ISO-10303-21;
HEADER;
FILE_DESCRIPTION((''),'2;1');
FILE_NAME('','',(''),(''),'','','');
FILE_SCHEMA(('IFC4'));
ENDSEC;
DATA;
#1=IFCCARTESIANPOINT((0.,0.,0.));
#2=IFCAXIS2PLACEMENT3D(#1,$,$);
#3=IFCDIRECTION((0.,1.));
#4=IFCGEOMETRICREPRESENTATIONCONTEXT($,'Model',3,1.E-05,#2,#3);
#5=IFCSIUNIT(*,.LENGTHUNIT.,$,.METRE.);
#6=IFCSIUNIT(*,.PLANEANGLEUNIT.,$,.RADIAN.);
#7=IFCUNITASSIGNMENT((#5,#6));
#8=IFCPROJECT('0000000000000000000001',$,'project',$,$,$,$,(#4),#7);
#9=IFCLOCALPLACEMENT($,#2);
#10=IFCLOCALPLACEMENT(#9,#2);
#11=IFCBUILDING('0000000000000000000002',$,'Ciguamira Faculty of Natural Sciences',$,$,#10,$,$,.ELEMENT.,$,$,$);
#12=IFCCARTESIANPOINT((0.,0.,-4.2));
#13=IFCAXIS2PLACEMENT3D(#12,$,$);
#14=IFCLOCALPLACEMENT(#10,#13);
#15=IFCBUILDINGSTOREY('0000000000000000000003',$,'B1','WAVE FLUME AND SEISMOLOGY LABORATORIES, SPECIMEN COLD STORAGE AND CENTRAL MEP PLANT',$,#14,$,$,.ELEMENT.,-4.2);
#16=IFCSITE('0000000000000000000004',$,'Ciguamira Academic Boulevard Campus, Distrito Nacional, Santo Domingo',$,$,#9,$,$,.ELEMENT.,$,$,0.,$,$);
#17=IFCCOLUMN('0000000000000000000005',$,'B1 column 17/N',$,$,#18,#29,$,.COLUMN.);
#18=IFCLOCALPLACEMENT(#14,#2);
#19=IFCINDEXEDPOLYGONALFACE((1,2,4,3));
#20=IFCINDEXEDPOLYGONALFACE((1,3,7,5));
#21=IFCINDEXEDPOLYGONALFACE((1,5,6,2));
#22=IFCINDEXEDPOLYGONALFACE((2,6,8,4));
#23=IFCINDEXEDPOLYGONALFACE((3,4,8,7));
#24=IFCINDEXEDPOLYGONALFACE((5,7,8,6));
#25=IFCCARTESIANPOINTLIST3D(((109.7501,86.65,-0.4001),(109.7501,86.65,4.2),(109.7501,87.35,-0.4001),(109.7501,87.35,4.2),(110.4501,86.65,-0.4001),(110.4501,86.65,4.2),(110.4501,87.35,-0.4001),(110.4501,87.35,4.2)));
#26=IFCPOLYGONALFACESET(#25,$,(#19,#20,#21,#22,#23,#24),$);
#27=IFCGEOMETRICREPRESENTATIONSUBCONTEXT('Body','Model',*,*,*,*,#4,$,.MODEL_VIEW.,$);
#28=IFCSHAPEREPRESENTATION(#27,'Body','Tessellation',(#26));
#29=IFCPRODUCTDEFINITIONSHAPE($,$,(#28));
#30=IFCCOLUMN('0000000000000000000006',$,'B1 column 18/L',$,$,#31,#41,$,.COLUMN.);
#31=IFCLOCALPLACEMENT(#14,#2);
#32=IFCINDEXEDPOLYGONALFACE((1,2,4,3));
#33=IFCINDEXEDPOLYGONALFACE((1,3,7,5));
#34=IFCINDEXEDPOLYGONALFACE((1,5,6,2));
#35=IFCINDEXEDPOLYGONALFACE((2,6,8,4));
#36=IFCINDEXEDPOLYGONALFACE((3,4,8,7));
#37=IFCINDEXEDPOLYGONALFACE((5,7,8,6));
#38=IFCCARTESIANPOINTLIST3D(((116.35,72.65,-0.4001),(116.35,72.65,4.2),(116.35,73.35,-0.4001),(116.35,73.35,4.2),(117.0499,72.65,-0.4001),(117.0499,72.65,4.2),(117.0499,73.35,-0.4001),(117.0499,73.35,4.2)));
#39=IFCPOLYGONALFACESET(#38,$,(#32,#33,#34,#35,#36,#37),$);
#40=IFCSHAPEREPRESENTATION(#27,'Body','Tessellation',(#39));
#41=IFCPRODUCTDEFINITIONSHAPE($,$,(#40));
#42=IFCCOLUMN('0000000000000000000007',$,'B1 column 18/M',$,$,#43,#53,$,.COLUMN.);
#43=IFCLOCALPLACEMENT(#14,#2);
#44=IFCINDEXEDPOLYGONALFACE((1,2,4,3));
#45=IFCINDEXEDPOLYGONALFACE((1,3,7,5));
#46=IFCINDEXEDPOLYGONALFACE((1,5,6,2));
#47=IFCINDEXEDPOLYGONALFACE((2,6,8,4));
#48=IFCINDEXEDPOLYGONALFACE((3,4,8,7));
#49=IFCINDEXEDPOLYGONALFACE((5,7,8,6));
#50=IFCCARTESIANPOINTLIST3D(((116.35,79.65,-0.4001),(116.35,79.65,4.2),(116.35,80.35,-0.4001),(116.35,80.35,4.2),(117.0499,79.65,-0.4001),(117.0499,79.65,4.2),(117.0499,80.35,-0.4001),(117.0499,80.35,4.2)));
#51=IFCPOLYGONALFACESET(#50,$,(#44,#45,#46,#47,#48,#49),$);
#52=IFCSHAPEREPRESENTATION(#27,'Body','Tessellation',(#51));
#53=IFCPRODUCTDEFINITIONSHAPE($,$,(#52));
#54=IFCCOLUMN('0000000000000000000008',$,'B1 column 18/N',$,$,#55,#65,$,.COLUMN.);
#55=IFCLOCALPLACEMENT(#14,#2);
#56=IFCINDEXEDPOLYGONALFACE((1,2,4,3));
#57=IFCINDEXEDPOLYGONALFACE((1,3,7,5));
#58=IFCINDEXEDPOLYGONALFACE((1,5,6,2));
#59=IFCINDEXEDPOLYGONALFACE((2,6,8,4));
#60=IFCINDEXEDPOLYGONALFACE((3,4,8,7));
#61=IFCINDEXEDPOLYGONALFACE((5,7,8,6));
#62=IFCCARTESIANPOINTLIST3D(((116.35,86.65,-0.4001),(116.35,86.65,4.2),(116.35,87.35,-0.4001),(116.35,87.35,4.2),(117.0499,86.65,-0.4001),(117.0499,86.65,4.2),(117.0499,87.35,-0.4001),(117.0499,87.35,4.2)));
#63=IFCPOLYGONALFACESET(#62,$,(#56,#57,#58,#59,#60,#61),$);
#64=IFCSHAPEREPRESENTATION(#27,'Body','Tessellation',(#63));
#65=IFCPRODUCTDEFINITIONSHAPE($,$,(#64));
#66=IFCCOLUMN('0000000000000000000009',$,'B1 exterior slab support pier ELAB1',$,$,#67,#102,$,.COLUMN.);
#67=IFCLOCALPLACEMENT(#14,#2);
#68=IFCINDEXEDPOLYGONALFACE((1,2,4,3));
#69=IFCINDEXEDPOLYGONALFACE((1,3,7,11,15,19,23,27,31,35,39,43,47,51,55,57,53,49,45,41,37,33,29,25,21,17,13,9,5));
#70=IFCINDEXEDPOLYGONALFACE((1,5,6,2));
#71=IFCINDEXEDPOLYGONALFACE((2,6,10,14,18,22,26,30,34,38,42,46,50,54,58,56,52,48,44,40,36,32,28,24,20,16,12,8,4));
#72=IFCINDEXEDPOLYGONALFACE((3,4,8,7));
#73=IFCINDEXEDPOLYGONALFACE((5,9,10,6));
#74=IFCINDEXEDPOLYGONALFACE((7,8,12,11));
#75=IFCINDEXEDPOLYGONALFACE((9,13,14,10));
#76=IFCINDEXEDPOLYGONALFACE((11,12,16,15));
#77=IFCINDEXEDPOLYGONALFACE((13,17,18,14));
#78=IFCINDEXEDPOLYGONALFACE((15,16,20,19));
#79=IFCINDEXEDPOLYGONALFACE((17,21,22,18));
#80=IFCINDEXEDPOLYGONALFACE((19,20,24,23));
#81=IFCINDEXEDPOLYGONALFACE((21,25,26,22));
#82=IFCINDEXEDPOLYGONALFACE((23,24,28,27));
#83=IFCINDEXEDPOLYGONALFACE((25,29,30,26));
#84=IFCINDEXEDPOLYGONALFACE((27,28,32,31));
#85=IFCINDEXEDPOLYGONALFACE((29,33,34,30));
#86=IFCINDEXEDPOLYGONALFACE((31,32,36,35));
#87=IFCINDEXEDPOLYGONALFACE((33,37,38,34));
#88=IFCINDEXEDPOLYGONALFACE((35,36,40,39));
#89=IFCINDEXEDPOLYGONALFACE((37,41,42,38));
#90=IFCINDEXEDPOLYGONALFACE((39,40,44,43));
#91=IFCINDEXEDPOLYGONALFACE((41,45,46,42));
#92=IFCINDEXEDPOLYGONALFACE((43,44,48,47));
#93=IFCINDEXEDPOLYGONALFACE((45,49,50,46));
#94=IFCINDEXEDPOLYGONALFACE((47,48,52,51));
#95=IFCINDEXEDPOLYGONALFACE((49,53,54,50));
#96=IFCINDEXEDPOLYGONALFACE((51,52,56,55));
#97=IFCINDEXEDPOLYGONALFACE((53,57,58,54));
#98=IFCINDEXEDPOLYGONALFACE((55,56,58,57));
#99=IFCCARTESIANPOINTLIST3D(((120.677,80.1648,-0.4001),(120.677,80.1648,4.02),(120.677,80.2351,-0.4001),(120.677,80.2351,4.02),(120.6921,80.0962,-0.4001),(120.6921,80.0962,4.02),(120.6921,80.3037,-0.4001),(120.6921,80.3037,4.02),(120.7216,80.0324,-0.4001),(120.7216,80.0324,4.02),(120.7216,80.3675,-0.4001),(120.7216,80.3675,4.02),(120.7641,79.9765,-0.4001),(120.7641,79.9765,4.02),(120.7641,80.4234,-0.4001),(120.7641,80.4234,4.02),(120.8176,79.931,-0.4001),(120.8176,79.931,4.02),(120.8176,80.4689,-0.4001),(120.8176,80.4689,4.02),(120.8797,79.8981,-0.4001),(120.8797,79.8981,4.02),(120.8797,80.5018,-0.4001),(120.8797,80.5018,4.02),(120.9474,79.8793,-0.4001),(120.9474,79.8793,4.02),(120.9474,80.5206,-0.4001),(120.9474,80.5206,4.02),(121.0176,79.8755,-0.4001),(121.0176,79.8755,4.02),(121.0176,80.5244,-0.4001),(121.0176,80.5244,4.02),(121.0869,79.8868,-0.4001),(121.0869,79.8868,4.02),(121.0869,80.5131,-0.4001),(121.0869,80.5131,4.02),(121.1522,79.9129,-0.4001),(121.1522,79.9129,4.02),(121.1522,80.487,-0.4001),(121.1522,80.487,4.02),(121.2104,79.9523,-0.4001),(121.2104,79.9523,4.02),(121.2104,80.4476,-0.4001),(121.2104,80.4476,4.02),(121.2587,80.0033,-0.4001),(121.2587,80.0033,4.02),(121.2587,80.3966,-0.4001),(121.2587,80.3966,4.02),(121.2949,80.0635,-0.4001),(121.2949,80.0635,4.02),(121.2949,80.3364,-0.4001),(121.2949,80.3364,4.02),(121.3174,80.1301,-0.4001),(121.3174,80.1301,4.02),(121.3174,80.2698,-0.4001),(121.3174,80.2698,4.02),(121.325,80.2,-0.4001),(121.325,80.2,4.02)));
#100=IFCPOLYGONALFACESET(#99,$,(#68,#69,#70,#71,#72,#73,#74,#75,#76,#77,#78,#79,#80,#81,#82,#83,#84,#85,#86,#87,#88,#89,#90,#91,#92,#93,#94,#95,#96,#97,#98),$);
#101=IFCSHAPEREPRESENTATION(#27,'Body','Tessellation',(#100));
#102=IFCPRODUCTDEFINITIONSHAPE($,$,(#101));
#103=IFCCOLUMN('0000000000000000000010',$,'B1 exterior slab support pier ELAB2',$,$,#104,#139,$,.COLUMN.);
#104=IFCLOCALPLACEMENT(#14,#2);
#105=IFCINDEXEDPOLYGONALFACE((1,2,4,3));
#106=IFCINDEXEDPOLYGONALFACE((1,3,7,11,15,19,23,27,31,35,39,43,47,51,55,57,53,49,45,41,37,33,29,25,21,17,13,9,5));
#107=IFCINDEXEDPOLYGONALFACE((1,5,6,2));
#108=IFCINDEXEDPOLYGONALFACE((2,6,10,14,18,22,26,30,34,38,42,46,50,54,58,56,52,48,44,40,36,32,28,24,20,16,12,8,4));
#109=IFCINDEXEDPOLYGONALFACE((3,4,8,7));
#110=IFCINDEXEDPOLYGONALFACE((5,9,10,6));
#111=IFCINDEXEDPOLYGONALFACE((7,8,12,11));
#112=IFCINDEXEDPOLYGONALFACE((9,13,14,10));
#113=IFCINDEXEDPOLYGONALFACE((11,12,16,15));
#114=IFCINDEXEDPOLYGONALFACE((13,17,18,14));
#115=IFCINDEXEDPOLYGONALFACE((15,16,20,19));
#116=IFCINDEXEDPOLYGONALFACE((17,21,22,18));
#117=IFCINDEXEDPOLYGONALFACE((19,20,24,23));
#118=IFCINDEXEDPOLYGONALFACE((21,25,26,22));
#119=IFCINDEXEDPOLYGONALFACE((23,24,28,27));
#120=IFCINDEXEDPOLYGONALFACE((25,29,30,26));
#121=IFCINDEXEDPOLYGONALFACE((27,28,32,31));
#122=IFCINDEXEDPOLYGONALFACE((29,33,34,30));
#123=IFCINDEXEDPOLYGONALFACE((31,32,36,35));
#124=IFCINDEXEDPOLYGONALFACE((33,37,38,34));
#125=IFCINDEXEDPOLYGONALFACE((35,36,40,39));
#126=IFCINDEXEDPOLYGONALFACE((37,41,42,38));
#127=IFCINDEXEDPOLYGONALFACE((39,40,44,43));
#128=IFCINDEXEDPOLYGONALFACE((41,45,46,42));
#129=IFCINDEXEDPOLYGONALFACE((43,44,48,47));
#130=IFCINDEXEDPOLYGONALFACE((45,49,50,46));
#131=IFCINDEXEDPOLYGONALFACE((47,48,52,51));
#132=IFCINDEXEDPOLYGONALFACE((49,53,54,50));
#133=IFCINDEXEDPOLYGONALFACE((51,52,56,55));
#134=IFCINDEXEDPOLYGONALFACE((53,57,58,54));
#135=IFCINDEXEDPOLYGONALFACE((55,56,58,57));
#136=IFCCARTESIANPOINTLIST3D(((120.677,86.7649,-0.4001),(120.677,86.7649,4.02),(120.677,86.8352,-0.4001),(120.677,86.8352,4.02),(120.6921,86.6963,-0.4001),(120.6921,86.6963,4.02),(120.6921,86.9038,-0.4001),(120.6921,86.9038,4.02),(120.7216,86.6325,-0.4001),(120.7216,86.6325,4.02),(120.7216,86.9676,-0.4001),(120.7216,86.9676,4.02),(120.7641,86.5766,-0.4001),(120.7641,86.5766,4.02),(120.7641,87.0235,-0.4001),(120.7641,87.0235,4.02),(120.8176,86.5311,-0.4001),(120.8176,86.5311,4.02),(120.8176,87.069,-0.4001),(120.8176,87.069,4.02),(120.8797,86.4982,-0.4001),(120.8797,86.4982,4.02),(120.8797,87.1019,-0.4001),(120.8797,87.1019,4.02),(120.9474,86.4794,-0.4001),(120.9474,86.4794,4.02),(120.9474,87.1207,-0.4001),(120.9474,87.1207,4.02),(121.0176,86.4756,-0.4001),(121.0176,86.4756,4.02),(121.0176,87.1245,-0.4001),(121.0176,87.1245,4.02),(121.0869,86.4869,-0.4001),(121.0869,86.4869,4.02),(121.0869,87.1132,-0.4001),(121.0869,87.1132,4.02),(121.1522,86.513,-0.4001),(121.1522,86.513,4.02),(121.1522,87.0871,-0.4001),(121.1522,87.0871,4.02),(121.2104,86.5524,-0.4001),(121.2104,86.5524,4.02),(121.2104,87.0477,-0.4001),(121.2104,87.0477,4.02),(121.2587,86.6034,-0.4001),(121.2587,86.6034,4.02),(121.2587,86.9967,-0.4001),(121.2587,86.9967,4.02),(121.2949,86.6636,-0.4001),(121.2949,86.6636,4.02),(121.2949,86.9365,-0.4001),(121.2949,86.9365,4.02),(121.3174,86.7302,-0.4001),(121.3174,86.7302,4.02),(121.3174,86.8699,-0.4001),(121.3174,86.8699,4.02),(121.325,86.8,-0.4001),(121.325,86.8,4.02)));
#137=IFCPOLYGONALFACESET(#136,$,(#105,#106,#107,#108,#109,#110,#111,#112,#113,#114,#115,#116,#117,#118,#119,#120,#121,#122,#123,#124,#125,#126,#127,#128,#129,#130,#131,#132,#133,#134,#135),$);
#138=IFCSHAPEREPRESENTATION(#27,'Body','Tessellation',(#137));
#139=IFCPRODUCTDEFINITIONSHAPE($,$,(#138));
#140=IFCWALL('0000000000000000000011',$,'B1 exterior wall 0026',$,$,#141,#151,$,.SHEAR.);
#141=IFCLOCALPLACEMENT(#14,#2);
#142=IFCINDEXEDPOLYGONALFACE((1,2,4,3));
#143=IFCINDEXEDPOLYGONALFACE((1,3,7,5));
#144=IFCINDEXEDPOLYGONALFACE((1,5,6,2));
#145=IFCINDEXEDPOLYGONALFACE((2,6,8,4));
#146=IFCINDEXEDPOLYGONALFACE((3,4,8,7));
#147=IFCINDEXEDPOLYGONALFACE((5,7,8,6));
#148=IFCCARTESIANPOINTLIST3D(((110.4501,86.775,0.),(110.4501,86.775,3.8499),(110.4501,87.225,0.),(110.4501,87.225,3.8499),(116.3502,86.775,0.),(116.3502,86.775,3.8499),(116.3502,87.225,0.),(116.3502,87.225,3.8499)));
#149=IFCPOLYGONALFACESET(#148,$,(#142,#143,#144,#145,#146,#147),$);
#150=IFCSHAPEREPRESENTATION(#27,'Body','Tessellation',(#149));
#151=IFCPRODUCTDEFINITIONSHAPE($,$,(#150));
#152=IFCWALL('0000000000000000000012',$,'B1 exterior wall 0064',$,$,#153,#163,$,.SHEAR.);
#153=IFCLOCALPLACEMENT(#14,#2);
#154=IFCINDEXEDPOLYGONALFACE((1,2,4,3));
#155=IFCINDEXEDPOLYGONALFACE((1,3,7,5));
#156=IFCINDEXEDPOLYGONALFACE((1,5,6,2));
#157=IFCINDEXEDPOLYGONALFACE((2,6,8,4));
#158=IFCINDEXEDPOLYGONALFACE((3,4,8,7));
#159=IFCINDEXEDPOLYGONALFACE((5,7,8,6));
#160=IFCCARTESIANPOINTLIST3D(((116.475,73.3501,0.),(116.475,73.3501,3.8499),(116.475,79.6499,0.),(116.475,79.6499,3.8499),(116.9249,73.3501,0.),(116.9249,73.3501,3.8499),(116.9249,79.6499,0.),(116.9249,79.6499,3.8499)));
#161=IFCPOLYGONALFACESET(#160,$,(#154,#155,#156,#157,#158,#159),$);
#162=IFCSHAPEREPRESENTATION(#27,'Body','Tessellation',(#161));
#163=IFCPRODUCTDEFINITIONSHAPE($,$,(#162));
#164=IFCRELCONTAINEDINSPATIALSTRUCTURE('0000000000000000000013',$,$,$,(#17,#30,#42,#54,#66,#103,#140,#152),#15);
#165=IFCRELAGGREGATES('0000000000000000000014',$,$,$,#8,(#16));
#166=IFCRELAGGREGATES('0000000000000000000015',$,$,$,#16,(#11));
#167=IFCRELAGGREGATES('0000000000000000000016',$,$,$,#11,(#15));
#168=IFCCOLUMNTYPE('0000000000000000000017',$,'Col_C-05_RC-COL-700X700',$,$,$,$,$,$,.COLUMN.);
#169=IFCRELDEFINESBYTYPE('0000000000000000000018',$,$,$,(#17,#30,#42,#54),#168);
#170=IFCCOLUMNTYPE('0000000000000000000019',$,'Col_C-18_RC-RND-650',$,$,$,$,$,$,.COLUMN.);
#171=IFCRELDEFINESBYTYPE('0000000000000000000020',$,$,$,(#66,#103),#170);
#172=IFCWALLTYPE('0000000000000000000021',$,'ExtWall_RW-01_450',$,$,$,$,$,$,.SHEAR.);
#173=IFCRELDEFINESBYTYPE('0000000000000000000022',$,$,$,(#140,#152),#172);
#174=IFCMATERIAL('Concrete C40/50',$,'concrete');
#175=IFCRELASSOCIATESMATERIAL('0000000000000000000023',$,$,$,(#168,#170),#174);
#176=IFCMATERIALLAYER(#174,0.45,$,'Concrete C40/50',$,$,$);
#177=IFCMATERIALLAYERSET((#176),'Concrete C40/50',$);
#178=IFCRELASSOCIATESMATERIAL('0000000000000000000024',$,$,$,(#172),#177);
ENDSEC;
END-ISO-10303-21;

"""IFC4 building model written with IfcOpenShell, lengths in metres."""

from ifc_helpers import new_model, si_unit, direction, frame, frame_2d, origin, origin_2d, place, context, subcontext, project, spatial, rectangle, circle, extrude, material, layer, layer_set, material_profile, profile_set, type_object, element, save


model = new_model("IFC4")

# Units and contexts
model_context = context("Model", 3, precision=1e-05, world=origin(), true_north=direction((0.0, 1.0)))
body_context = subcontext(model_context, "Body", "Model", "MODEL_VIEW")
ifc_project = project(units=[si_unit("LENGTHUNIT", "METRE"), si_unit("PLANEANGLEUNIT", "RADIAN")], contexts=[model_context])

# Site, building, storey
site_placement = place(None, origin())
site = spatial("IfcSite", under=ifc_project, at=site_placement, Name="Ciguamira Academic Boulevard Campus, Distrito Nacional, Santo Domingo", CompositionType="ELEMENT", RefElevation=0.0)
building_placement = place(site_placement, origin())
building = spatial("IfcBuilding", under=site, at=building_placement, Name="Ciguamira Faculty of Natural Sciences", CompositionType="ELEMENT")
storey_placement = place(building_placement, frame((0.0, 0.0, -4.2)))
storey = spatial("IfcBuildingStorey", under=building, at=storey_placement, Name="B1", Description="WAVE FLUME AND SEISMOLOGY LABORATORIES, SPECIMEN COLD STORAGE AND CENTRAL MEP PLANT", CompositionType="ELEMENT", Elevation=-4.2)

# Columns
ifc_material_1 = material(Name="Concrete C40/50", Category="concrete")
ifc_material_profile_1 = material_profile(ifc_material_1, rectangle(XDim=0.7, YDim=0.7, at=origin_2d()), Name="RC-COL-700X700")
ifc_profile_set_1 = profile_set([ifc_material_profile_1], Name="Concrete C40/50")
column_type_1 = type_object("IfcColumnType", Name="Col_C-05_RC-COL-700X700", PredefinedType="COLUMN", material=ifc_profile_set_1)
for number, where, z_axis, x_axis, name in (
    (1, (110.1001, 87.0, -0.4001), (0.0, 0.0, 1.0), (1.0, 0.0, 0.0), "B1 column 17/N"),
    (2, (116.7, 73.0, -0.4001), (0.0, 0.0, 1.0), (1.0, 0.0, 0.0), "B1 column 18/L"),
    (3, (116.7, 80.0, -0.4001), (0.0, 0.0, 1.0), (1.0, 0.0, 0.0), "B1 column 18/M"),
    (4, (116.7, 87.0, -0.4001), (0.0, 0.0, 1.0), (1.0, 0.0, 0.0), "B1 column 18/N"),
):
    element("IfcColumn", number, at=place(storey_placement, frame(where, z_axis=z_axis, x_axis=x_axis)), inside=storey, type_object=column_type_1, Name=name, PredefinedType="COLUMN", context=body_context, shape_type="SweptSolid", body=[
        extrude(rectangle(XDim=0.7, YDim=0.7, at=origin_2d()), origin(), (0.0, 0.0, 1.0), 4.6001),
    ])
ifc_material_profile_2 = material_profile(ifc_material_1, circle(Radius=0.325, at=origin_2d()), Name="RC-RND-650")
ifc_profile_set_2 = profile_set([ifc_material_profile_2], Name="Concrete C40/50")
column_type_2 = type_object("IfcColumnType", Name="Col_C-18_RC-RND-650", PredefinedType="COLUMN", material=ifc_profile_set_2)
for number, where, z_axis, x_axis, name in (
    (5, (121.0, 80.2, -0.4001), (0.0, 0.0, 1.0), (1.0, 0.0, 0.0), "B1 exterior slab support pier ELAB1"),
    (6, (121.0, 86.8, -0.4001), (0.0, 0.0, 1.0), (1.0, 0.0, 0.0), "B1 exterior slab support pier ELAB2"),
):
    element("IfcColumn", number, at=place(storey_placement, frame(where, z_axis=z_axis, x_axis=x_axis)), inside=storey, type_object=column_type_2, Name=name, PredefinedType="COLUMN", context=body_context, shape_type="SweptSolid", body=[
        extrude(circle(Radius=0.325, at=origin_2d()), origin(), (0.0, 0.0, 1.0), 4.4202),
    ])

# Walls
ifc_layer_1 = layer(ifc_material_1, 0.45, Name="Concrete C40/50")
ifc_layer_set_1 = layer_set([ifc_layer_1], Name="Concrete C40/50")
wall_type_1 = type_object("IfcWallType", Name="ExtWall_RW-01_450", PredefinedType="SHEAR", material=ifc_layer_set_1)
wall_1_placement = place(storey_placement, frame((110.45, 87.0, 0.0), z_axis=(0.0, 0.0, 1.0), x_axis=(1.0, 0.0, 0.0)))
element("IfcWall", 7, at=wall_1_placement, inside=storey, type_object=wall_type_1, Name="B1 exterior wall 0026", PredefinedType="SHEAR", context=body_context, shape_type="SweptSolid", body=[
    extrude(rectangle(XDim=5.9001, YDim=0.45, at=frame_2d((2.9502, 0.0))), origin(), (0.0, 0.0, 1.0), 3.8499),
])
wall_2_placement = place(storey_placement, frame((116.7, 73.3501, 0.0), z_axis=(0.0, 0.0, 1.0), x_axis=(0.0, 1.0, 0.0)))
element("IfcWall", 8, at=wall_2_placement, inside=storey, type_object=wall_type_1, Name="B1 exterior wall 0064", PredefinedType="SHEAR", context=body_context, shape_type="SweptSolid", body=[
    extrude(rectangle(XDim=6.2998, YDim=0.45, at=frame_2d((3.1499, 0.0))), origin(), (0.0, 0.0, 1.0), 3.8499),
])

save(model, "model.ifc")
